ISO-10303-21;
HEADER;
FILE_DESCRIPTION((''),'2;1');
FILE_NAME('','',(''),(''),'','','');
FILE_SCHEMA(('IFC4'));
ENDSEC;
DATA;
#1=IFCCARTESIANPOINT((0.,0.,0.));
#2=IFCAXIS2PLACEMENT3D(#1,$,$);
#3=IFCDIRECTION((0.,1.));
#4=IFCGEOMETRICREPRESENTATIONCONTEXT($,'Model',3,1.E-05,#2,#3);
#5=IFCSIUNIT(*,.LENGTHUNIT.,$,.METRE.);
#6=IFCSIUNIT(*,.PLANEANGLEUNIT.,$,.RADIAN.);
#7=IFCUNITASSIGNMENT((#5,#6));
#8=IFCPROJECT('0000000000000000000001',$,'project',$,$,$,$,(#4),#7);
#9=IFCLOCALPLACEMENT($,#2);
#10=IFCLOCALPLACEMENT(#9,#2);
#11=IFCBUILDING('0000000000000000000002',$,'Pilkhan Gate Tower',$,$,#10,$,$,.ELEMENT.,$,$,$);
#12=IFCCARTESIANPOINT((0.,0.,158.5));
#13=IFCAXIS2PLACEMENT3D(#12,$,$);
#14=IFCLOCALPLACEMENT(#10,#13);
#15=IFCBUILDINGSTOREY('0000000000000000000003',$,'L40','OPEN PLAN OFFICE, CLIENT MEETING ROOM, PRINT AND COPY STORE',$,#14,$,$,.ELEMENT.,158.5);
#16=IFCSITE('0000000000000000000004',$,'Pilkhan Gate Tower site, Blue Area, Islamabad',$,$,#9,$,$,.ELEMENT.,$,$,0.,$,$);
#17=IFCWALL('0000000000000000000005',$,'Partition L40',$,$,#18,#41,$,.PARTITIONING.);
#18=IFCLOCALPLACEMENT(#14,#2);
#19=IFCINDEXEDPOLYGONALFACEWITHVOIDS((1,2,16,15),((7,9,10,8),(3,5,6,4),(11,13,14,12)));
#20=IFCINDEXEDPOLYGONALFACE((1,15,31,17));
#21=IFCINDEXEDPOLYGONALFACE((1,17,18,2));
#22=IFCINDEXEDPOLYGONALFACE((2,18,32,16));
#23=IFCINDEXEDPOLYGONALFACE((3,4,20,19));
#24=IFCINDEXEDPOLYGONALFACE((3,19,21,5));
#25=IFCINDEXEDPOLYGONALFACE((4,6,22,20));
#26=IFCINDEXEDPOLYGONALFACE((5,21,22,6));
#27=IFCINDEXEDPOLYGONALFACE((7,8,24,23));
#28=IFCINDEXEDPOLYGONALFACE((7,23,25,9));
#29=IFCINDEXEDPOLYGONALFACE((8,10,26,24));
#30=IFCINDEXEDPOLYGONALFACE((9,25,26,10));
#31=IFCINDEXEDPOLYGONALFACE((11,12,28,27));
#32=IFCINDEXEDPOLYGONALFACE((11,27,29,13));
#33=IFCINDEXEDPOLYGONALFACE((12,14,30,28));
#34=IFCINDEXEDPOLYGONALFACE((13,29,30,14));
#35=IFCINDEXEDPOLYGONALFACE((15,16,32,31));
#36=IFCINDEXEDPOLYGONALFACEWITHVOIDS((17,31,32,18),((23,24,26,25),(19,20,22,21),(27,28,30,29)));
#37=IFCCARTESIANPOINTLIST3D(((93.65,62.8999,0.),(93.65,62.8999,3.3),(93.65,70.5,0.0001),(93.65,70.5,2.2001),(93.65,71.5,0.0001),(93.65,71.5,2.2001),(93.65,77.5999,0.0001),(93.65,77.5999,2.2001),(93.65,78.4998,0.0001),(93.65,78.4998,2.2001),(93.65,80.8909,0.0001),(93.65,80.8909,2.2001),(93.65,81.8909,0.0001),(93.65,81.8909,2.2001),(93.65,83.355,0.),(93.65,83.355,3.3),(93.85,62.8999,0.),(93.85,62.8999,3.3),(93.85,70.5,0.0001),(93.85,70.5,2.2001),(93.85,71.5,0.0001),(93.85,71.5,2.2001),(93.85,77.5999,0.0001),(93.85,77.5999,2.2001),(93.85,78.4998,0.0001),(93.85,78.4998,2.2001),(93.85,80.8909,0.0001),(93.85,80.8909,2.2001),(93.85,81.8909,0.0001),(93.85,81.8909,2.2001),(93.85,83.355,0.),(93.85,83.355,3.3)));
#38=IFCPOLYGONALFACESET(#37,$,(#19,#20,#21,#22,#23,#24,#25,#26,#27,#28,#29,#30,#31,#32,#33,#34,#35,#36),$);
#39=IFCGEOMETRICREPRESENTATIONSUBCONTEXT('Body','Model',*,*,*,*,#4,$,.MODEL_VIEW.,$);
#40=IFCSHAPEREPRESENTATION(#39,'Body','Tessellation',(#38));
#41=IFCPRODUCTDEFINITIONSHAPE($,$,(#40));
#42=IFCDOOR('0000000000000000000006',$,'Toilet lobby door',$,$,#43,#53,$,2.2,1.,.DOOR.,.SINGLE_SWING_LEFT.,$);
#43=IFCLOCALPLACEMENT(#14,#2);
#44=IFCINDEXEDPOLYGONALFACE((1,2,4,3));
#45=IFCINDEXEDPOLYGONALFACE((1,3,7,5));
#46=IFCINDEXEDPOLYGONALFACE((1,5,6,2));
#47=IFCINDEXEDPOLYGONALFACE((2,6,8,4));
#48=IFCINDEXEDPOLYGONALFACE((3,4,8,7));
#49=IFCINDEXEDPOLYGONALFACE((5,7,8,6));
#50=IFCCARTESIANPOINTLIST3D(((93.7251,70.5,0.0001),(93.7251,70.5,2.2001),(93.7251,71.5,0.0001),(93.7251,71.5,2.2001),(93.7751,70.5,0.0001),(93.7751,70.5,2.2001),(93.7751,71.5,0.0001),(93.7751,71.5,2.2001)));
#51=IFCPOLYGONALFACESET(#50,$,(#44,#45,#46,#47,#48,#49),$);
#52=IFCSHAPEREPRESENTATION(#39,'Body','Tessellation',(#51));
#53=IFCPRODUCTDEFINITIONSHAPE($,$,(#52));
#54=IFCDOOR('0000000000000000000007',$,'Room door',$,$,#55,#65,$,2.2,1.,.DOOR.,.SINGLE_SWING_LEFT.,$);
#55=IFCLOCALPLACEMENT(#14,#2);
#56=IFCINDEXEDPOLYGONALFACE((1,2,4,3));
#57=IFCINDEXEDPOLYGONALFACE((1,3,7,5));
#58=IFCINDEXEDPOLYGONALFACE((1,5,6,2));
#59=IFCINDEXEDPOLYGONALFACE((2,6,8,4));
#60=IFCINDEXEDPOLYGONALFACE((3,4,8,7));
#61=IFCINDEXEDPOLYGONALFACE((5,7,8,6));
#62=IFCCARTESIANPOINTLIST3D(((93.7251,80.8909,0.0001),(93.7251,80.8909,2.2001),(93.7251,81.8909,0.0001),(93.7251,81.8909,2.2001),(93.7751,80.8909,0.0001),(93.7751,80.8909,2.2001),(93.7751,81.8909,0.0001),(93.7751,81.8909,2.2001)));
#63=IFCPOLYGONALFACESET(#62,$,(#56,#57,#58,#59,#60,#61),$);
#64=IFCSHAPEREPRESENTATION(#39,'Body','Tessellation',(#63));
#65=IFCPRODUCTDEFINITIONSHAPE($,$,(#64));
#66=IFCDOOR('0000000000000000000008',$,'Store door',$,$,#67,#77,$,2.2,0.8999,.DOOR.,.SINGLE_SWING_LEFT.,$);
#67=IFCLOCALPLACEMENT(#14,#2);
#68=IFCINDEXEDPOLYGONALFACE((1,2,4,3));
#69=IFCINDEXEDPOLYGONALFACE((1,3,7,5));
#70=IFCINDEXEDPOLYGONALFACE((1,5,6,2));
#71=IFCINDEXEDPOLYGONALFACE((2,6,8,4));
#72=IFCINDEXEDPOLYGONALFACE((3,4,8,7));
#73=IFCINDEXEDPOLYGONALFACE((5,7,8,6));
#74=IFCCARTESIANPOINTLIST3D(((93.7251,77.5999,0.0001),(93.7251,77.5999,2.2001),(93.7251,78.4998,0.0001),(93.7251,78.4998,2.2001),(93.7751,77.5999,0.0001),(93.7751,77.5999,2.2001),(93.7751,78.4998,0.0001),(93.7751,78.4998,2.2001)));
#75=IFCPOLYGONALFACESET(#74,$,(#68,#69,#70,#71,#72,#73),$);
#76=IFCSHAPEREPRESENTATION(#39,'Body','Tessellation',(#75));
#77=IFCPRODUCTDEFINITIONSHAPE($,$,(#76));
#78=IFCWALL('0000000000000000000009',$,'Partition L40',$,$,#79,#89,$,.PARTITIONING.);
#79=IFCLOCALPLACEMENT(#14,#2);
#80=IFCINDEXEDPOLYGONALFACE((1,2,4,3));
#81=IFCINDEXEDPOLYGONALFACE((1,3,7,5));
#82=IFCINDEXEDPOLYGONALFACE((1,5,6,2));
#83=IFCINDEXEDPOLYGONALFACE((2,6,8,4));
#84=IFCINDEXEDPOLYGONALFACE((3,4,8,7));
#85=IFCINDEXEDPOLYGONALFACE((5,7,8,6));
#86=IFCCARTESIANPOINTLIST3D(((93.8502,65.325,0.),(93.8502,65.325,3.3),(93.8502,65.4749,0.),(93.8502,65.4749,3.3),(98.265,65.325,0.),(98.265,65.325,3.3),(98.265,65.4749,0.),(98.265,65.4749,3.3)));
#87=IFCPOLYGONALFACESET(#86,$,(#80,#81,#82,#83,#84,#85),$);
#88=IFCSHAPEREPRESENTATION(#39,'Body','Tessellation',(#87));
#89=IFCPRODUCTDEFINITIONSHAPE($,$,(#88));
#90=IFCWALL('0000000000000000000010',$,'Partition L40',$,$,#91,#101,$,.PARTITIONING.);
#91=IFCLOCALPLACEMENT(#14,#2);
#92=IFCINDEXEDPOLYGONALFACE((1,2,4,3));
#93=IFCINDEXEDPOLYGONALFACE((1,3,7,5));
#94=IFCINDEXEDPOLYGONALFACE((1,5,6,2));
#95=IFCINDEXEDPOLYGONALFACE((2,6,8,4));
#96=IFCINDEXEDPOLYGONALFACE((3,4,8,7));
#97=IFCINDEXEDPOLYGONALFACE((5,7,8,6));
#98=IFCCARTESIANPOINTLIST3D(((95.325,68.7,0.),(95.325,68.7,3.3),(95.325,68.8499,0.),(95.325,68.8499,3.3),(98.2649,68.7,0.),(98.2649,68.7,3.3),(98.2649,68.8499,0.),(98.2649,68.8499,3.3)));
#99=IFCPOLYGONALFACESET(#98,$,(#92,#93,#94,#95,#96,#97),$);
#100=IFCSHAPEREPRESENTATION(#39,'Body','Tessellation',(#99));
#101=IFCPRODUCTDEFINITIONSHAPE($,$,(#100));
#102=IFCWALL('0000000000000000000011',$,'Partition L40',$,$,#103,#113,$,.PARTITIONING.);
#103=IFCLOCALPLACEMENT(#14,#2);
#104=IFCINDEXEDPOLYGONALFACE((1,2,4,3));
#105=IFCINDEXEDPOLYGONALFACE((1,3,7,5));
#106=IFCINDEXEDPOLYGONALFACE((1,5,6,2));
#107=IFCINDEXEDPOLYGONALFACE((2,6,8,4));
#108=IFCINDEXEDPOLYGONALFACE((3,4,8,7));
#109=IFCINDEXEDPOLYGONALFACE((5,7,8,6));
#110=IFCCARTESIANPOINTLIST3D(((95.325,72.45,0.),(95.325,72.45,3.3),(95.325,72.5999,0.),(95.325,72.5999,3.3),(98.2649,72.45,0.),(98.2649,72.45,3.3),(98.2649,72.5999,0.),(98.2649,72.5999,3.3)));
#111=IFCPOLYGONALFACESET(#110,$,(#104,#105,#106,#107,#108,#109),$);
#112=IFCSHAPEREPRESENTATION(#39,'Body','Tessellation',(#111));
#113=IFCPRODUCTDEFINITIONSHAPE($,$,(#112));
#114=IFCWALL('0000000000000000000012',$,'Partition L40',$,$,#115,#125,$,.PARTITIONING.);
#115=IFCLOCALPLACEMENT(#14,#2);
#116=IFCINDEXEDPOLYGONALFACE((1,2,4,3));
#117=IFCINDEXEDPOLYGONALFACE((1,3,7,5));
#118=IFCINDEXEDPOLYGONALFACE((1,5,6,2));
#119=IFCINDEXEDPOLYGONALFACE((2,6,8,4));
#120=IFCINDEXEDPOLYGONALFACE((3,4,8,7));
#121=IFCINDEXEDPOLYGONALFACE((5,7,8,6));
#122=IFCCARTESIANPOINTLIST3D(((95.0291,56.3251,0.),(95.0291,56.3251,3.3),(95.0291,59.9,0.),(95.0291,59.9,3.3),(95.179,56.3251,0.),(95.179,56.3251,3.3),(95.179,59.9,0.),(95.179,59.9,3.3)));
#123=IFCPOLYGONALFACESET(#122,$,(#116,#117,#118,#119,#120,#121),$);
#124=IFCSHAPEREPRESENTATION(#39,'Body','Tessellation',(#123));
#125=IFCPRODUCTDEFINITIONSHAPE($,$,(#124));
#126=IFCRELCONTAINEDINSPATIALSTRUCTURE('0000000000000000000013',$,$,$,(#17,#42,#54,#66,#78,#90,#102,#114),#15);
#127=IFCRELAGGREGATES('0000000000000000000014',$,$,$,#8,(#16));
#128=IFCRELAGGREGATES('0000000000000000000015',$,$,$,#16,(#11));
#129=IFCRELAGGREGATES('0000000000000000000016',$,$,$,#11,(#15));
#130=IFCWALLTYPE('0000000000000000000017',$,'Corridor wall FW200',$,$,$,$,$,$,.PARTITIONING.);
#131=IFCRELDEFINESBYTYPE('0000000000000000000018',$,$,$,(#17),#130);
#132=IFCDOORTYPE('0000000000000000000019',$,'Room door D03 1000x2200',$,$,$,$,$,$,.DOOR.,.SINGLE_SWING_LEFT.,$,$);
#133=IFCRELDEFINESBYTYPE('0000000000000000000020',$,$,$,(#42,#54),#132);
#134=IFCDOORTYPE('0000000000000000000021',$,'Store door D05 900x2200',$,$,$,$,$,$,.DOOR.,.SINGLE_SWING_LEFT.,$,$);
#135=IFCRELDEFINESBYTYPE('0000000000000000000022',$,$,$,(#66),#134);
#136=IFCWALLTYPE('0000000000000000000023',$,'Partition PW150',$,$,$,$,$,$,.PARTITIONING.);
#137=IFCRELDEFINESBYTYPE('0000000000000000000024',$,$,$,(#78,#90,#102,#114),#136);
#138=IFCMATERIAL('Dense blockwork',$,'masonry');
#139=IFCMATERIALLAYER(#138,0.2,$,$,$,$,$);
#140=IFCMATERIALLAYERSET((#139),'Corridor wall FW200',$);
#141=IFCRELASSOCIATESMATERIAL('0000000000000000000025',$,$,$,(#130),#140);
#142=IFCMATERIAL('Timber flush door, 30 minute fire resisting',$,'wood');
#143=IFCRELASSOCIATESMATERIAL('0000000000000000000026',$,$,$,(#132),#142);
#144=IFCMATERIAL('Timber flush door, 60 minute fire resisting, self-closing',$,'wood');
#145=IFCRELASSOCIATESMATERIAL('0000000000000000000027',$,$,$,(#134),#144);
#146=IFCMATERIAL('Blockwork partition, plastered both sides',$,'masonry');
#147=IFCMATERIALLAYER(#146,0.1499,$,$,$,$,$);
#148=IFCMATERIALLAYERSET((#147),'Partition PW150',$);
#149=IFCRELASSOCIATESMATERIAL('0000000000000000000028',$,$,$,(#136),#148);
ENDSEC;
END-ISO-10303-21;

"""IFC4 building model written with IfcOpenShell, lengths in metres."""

from ifc_helpers import new_model, si_unit, direction, frame, frame_2d, origin, place, context, subcontext, project, spatial, rectangle, extrude, material, layer, layer_set, type_object, element, fill, save


model = new_model("IFC4")

# Units and contexts
model_context = context("Model", 3, precision=1e-05, world=origin(), true_north=direction((0.0, 1.0)))
body_context = subcontext(model_context, "Body", "Model", "MODEL_VIEW")
ifc_project = project(units=[si_unit("LENGTHUNIT", "METRE"), si_unit("PLANEANGLEUNIT", "RADIAN")], contexts=[model_context])

# Site, building, storey
site_placement = place(None, origin())
site = spatial("IfcSite", under=ifc_project, at=site_placement, Name="Pilkhan Gate Tower site, Blue Area, Islamabad", CompositionType="ELEMENT", RefElevation=0.0)
building_placement = place(site_placement, origin())
building = spatial("IfcBuilding", under=site, at=building_placement, Name="Pilkhan Gate Tower", CompositionType="ELEMENT")
storey_placement = place(building_placement, frame((0.0, 0.0, 158.5)))
storey = spatial("IfcBuildingStorey", under=building, at=storey_placement, Name="L40", Description="OPEN PLAN OFFICE, CLIENT MEETING ROOM, PRINT AND COPY STORE", CompositionType="ELEMENT", Elevation=158.5)

# Shared definitions
ifc_material_1 = material(Name="Dense blockwork", Category="masonry")
ifc_layer_1 = layer(ifc_material_1, 0.2)
ifc_layer_set_1 = layer_set([ifc_layer_1], Name="Corridor wall FW200")
wall_type_1 = type_object("IfcWallType", Name="Corridor wall FW200", PredefinedType="PARTITIONING", material=ifc_layer_set_1)
ifc_material_2 = material(Name="Timber flush door, 30 minute fire resisting", Category="wood")
door_type_1 = type_object("IfcDoorType", Name="Room door D03 1000x2200", OperationType="SINGLE_SWING_LEFT", PredefinedType="DOOR", material=ifc_material_2)

# Wall, openings, doors
wall_1_placement = place(storey_placement, frame((93.75, 62.8999, 0.0), z_axis=(0.0, 0.0, 1.0), x_axis=(0.0, 1.0, 0.0)))
wall_1 = element("IfcWall", 1, at=wall_1_placement, inside=storey, type_object=wall_type_1, Name="Partition L40", PredefinedType="PARTITIONING", context=body_context, shape_type="SweptSolid", body=[
    extrude(rectangle(XDim=20.4551, YDim=0.2, at=frame_2d((10.2275, 0.0))), origin(), (0.0, 0.0, 1.0), 3.3),
])
opening_1_placement = place(wall_1_placement, frame((7.6001, 0.0, 0.0)))
opening_1 = element("IfcOpeningElement", 2, at=opening_1_placement, cuts=wall_1, PredefinedType="OPENING", context=body_context, shape_type="SweptSolid", body=[
    extrude(rectangle(XDim=1.0, YDim=2.2, at=frame_2d((0.5, 1.1001))), frame((0.0, 0.1099, 0.0), z_axis=(0.0, -1.0, 0.0), x_axis=(1.0, 0.0, 0.0)), (0.0, 0.0, 1.0), 0.22),
])
opening_2_placement = place(wall_1_placement, frame((14.7, 0.0, 0.0)))
opening_2 = element("IfcOpeningElement", 3, at=opening_2_placement, cuts=wall_1, PredefinedType="OPENING", context=body_context, shape_type="SweptSolid", body=[
    extrude(rectangle(XDim=0.8999, YDim=2.2, at=frame_2d((0.45, 1.1001))), frame((0.0, 0.1099, 0.0), z_axis=(0.0, -1.0, 0.0), x_axis=(1.0, 0.0, 0.0)), (0.0, 0.0, 1.0), 0.22),
])
opening_3_placement = place(wall_1_placement, frame((17.991, 0.0, 0.0)))
opening_3 = element("IfcOpeningElement", 4, at=opening_3_placement, cuts=wall_1, PredefinedType="OPENING", context=body_context, shape_type="SweptSolid", body=[
    extrude(rectangle(XDim=1.0, YDim=2.2, at=frame_2d((0.5, 1.1001))), frame((0.0, 0.1099, 0.0), z_axis=(0.0, -1.0, 0.0), x_axis=(1.0, 0.0, 0.0)), (0.0, 0.0, 1.0), 0.22),
])
door_1_placement = place(opening_1_placement, origin())
door_1 = element("IfcDoor", 5, at=door_1_placement, inside=storey, type_object=door_type_1, Name="Toilet lobby door", OperationType="SINGLE_SWING_LEFT", OverallHeight=2.2, OverallWidth=1.0, PredefinedType="DOOR", context=body_context, shape_type="SweptSolid", body=[
    extrude(rectangle(XDim=1.0, YDim=2.2, at=frame_2d((0.5, 1.1001))), frame((0.0, 0.0249, 0.0), z_axis=(0.0, -1.0, 0.0), x_axis=(1.0, 0.0, 0.0)), (0.0, 0.0, 1.0), 0.05),
])
fill(opening_1, door_1)
door_2_placement = place(opening_3_placement, origin())
door_2 = element("IfcDoor", 6, at=door_2_placement, inside=storey, type_object=door_type_1, Name="Room door", OperationType="SINGLE_SWING_LEFT", OverallHeight=2.2, OverallWidth=1.0, PredefinedType="DOOR", context=body_context, shape_type="SweptSolid", body=[
    extrude(rectangle(XDim=1.0, YDim=2.2, at=frame_2d((0.5, 1.1001))), frame((0.0, 0.0249, 0.0), z_axis=(0.0, -1.0, 0.0), x_axis=(1.0, 0.0, 0.0)), (0.0, 0.0, 1.0), 0.05),
])
fill(opening_3, door_2)
ifc_material_3 = material(Name="Timber flush door, 60 minute fire resisting, self-closing", Category="wood")
door_type_2 = type_object("IfcDoorType", Name="Store door D05 900x2200", OperationType="SINGLE_SWING_LEFT", PredefinedType="DOOR", material=ifc_material_3)
door_3_placement = place(opening_2_placement, origin())
door_3 = element("IfcDoor", 7, at=door_3_placement, inside=storey, type_object=door_type_2, Name="Store door", OperationType="SINGLE_SWING_LEFT", OverallHeight=2.2, OverallWidth=0.8999, PredefinedType="DOOR", context=body_context, shape_type="SweptSolid", body=[
    extrude(rectangle(XDim=0.8999, YDim=2.2, at=frame_2d((0.45, 1.1001))), frame((0.0, 0.0249, 0.0), z_axis=(0.0, -1.0, 0.0), x_axis=(1.0, 0.0, 0.0)), (0.0, 0.0, 1.0), 0.05),
])
fill(opening_2, door_3)

# Walls
ifc_material_4 = material(Name="Blockwork partition, plastered both sides", Category="masonry")
ifc_layer_2 = layer(ifc_material_4, 0.1499)
ifc_layer_set_2 = layer_set([ifc_layer_2], Name="Partition PW150")
wall_type_2 = type_object("IfcWallType", Name="Partition PW150", PredefinedType="PARTITIONING", material=ifc_layer_set_2)
wall_2_placement = place(storey_placement, frame((93.8501, 65.3999, 0.0), z_axis=(0.0, 0.0, 1.0), x_axis=(1.0, 0.0, 0.0)))
element("IfcWall", 8, at=wall_2_placement, inside=storey, type_object=wall_type_2, Name="Partition L40", PredefinedType="PARTITIONING", context=body_context, shape_type="SweptSolid", body=[
    extrude(rectangle(XDim=4.4148, YDim=0.1499, at=frame_2d((2.2075, 0.0))), origin(), (0.0, 0.0, 1.0), 3.3),
])
for number, where, z_axis, x_axis, name in (
    (9, (95.325, 68.7749, 0.0), (0.0, 0.0, 1.0), (1.0, 0.0, 0.0), "Partition L40"),
    (10, (95.325, 72.5249, 0.0), (0.0, 0.0, 1.0), (1.0, 0.0, 0.0), "Partition L40"),
):
    element("IfcWall", number, at=place(storey_placement, frame(where, z_axis=z_axis, x_axis=x_axis)), inside=storey, type_object=wall_type_2, Name=name, PredefinedType="PARTITIONING", context=body_context, shape_type="SweptSolid", body=[
        extrude(rectangle(XDim=2.9399, YDim=0.1499, at=frame_2d((1.47, 0.0))), origin(), (0.0, 0.0, 1.0), 3.3),
    ])
wall_3_placement = place(storey_placement, frame((95.104, 56.325, 0.0), z_axis=(0.0, 0.0, 1.0), x_axis=(0.0, 1.0, 0.0)))
element("IfcWall", 11, at=wall_3_placement, inside=storey, type_object=wall_type_2, Name="Partition L40", PredefinedType="PARTITIONING", context=body_context, shape_type="SweptSolid", body=[
    extrude(rectangle(XDim=3.575, YDim=0.1499, at=frame_2d((1.7876, 0.0))), origin(), (0.0, 0.0, 1.0), 3.3),
])

save(model, "model.ifc")
